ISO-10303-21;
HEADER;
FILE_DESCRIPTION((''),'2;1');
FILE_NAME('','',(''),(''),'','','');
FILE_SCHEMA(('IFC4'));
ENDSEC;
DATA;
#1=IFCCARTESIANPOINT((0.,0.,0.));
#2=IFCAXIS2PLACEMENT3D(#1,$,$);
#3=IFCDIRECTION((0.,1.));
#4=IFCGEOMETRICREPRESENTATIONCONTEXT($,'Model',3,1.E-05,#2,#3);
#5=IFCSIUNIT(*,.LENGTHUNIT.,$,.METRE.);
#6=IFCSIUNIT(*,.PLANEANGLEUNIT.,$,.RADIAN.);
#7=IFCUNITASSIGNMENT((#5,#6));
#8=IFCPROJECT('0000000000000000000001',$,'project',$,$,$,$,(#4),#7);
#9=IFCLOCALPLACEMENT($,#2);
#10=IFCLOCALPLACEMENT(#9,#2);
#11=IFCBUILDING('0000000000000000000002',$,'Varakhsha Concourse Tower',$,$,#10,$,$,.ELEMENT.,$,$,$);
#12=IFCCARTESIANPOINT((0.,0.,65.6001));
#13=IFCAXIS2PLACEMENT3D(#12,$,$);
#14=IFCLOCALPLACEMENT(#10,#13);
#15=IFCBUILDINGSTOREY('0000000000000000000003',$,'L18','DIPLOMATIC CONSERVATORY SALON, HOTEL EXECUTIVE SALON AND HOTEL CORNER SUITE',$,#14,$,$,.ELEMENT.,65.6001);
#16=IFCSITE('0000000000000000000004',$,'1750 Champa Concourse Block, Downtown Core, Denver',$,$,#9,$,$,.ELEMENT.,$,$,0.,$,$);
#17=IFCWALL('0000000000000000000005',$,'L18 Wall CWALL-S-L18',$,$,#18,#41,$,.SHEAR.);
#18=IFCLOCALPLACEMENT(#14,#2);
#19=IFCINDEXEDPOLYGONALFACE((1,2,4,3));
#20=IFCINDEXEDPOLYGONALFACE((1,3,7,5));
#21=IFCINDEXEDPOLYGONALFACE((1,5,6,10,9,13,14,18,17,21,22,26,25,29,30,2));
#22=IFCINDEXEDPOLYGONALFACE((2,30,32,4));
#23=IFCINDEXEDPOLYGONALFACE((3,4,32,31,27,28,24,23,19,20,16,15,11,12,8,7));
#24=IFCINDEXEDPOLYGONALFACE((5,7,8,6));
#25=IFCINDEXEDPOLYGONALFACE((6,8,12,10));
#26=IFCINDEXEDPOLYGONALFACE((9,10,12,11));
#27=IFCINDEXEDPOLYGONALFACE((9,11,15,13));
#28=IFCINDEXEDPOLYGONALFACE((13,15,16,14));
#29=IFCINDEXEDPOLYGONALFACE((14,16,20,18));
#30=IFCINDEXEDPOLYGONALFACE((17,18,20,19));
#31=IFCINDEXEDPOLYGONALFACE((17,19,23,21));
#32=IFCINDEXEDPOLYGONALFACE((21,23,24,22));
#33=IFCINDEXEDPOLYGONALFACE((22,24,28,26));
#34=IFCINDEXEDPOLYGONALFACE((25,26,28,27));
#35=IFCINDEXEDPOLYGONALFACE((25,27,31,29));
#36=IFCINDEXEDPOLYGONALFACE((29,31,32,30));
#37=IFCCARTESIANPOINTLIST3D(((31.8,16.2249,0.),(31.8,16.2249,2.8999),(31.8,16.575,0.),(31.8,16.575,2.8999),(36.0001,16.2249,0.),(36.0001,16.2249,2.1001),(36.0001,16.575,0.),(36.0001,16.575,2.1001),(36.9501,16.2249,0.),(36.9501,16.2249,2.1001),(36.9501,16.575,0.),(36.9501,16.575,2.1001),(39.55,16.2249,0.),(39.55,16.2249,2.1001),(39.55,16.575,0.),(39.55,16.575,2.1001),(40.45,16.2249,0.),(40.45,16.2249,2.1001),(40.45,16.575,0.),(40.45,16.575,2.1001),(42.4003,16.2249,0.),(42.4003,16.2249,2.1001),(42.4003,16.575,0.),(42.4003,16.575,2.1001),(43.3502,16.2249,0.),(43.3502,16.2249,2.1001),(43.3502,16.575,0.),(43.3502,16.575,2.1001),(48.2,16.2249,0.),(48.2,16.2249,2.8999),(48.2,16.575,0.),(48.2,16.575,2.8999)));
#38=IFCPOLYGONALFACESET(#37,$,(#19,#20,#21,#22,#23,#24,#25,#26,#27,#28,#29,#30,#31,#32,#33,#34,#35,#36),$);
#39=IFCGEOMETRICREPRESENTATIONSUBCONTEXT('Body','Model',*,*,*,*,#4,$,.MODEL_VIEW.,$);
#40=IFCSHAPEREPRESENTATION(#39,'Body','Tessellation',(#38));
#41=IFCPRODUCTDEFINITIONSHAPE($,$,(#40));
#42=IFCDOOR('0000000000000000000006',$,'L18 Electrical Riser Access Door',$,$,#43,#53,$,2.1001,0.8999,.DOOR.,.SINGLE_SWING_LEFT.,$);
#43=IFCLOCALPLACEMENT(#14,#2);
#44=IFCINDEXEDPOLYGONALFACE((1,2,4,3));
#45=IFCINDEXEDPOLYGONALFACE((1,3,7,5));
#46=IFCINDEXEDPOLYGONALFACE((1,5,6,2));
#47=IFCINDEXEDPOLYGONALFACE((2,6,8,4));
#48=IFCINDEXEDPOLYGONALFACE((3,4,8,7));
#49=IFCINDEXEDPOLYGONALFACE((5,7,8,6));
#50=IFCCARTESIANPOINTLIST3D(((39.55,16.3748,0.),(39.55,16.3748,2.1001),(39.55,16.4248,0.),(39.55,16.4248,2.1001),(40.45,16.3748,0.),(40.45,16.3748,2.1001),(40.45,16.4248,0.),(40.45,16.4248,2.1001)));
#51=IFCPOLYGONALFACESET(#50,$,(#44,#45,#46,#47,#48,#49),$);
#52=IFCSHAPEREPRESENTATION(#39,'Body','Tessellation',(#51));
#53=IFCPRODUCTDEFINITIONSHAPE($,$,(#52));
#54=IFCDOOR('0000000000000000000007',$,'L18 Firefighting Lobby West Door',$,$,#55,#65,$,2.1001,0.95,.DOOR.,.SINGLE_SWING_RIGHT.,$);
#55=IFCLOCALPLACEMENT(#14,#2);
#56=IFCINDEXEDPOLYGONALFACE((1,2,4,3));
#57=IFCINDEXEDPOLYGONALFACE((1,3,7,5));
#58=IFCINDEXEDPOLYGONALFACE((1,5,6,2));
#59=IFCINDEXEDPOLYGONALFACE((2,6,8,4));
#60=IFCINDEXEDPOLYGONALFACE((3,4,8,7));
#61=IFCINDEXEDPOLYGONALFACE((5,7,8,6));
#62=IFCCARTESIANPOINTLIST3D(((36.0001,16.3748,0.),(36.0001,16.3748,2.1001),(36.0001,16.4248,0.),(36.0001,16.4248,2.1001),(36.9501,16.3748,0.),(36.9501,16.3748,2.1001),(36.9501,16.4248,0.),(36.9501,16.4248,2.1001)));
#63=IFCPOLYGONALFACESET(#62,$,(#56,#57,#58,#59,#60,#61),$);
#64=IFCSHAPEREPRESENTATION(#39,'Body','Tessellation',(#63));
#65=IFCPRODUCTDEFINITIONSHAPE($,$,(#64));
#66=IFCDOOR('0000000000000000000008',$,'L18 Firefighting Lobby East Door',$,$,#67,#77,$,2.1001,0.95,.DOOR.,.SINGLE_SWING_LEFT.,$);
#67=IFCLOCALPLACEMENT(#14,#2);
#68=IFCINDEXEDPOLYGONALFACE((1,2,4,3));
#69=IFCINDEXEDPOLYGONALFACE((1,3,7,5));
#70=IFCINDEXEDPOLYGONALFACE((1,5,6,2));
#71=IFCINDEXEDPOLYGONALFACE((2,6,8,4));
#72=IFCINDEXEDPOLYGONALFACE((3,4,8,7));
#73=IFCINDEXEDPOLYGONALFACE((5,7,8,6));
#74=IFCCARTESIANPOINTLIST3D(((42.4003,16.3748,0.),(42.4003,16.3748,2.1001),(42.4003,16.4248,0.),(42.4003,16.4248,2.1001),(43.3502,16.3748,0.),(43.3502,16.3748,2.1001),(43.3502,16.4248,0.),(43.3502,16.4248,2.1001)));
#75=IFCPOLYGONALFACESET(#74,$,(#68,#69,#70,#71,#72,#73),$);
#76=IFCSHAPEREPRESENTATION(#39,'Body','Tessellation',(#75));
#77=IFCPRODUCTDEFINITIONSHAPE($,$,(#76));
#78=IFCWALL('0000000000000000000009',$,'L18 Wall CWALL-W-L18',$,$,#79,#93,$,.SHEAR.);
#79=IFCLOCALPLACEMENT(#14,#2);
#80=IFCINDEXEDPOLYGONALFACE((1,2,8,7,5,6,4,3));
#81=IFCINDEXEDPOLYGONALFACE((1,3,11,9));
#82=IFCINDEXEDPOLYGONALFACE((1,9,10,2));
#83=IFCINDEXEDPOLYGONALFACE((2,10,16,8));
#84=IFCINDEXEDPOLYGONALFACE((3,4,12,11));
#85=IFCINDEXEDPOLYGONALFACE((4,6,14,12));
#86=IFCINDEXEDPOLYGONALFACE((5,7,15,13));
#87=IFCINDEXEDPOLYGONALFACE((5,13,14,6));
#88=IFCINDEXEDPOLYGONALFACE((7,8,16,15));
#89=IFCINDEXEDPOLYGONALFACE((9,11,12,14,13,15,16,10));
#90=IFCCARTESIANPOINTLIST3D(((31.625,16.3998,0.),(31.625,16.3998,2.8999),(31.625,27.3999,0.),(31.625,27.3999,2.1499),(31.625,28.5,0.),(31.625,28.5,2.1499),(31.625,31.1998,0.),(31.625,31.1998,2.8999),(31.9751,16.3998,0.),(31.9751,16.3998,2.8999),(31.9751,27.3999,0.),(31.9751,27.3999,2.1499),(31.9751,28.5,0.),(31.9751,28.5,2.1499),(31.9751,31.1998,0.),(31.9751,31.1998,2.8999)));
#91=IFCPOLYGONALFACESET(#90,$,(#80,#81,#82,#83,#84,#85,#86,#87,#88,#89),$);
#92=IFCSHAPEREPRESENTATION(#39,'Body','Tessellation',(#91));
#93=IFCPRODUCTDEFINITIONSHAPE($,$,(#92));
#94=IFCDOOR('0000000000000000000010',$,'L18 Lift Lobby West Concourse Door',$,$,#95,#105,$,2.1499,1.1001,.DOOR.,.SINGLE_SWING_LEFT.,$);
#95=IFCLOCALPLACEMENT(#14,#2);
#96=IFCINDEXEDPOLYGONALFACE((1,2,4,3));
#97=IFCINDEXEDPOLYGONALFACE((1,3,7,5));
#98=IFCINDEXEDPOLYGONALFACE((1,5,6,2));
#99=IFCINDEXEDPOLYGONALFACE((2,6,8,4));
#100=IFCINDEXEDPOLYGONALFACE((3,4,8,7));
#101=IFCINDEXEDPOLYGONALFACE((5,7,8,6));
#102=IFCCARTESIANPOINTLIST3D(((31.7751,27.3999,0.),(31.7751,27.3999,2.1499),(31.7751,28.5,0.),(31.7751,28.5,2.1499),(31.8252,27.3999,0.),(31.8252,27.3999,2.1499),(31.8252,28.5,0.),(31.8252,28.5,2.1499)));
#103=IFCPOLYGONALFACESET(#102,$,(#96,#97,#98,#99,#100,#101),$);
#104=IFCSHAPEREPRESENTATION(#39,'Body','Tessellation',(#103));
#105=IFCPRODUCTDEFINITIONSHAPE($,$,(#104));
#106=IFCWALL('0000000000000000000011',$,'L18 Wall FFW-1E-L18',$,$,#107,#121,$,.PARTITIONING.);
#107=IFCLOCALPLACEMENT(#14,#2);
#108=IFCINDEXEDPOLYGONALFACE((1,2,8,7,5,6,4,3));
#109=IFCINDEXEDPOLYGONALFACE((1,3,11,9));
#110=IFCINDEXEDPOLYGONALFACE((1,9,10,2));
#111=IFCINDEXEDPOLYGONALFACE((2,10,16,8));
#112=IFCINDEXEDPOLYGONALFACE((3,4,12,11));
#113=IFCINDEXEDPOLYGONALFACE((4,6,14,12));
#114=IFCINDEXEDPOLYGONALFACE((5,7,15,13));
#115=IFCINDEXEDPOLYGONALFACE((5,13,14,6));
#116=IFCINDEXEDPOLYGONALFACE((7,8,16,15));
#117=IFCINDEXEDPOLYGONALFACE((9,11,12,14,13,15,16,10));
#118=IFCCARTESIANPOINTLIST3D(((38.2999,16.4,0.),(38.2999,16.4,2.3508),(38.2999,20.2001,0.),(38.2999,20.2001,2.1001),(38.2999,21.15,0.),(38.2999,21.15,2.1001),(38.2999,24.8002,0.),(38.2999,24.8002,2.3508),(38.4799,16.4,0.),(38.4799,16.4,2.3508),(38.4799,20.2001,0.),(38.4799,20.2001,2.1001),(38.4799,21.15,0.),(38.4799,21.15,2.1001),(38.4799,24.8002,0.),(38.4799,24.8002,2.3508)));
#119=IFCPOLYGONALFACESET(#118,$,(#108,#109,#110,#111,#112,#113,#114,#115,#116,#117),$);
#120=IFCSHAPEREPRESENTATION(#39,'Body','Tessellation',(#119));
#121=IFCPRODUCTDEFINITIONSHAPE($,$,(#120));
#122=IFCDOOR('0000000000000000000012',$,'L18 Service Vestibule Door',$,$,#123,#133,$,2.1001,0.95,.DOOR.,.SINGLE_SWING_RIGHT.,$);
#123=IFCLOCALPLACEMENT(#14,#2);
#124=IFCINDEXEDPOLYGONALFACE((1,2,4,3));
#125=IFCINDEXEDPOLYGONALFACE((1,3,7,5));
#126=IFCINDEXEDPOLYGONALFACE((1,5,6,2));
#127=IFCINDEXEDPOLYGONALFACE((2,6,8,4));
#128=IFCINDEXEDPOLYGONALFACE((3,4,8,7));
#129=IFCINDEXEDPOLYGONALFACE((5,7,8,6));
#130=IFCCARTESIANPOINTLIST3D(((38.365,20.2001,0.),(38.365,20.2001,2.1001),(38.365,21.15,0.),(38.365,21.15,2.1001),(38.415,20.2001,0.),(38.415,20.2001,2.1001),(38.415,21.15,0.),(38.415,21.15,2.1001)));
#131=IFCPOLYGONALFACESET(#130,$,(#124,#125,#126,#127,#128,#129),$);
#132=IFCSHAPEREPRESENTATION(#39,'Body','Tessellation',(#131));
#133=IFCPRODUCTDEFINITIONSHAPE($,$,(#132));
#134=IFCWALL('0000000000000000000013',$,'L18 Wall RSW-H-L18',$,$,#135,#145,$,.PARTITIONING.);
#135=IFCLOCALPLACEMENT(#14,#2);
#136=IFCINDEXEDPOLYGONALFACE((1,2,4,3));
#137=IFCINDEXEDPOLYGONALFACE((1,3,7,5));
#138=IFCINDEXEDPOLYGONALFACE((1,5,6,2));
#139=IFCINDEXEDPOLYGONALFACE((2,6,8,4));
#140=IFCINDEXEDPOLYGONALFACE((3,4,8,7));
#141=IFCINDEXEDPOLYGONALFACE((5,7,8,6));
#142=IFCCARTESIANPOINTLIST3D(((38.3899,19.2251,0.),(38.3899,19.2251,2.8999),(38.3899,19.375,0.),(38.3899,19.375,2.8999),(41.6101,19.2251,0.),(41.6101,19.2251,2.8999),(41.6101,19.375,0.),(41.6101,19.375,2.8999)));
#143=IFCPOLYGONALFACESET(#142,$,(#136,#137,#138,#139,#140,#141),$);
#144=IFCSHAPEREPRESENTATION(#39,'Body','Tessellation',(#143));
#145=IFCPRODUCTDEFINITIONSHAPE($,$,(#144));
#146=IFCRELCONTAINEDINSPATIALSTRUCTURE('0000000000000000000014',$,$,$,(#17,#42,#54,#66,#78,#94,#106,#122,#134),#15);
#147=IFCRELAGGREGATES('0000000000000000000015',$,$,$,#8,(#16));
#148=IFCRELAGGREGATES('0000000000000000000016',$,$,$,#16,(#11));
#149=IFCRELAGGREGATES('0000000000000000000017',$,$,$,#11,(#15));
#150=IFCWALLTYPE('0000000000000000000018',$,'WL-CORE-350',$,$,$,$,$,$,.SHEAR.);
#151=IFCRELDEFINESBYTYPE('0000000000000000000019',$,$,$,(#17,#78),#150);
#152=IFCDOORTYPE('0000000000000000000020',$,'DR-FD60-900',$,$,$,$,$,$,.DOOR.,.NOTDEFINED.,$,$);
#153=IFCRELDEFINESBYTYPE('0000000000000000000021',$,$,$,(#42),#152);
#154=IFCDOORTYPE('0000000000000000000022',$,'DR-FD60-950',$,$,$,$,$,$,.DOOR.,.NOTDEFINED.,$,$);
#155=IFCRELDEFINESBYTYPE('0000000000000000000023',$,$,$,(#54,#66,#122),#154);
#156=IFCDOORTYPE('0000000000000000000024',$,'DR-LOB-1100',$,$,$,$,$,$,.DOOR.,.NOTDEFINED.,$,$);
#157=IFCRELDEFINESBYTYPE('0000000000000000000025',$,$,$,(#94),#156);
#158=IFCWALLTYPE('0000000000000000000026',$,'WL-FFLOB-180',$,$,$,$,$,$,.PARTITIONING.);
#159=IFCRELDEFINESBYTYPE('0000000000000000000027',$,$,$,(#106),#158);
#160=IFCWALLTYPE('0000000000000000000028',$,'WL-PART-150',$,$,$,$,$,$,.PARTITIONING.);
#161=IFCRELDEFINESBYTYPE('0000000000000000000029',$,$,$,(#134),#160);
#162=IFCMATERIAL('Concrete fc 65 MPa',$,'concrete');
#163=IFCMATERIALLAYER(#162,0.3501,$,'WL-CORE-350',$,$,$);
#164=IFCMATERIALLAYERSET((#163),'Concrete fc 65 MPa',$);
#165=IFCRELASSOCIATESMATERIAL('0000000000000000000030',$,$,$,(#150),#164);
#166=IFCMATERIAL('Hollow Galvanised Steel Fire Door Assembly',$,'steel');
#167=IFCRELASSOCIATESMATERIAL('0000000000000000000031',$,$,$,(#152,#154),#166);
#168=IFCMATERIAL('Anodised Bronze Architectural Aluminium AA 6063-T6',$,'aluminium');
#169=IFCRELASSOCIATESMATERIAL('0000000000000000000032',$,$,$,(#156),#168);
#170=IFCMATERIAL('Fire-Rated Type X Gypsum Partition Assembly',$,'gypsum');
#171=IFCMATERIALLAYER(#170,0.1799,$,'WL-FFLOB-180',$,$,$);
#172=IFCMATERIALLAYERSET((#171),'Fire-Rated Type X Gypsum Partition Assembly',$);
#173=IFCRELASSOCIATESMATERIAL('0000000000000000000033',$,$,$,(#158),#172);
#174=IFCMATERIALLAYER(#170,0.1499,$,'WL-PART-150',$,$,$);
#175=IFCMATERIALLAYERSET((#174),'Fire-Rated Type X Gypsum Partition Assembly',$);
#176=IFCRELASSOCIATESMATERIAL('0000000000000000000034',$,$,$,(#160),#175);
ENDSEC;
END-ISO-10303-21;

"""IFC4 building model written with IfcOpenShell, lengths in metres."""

from ifc_helpers import new_model, si_unit, direction, frame, frame_2d, origin, place, context, subcontext, project, spatial, rectangle, extrude, material, layer, layer_set, type_object, element, fill, save


model = new_model("IFC4")

# Units and contexts
model_context = context("Model", 3, precision=1e-05, world=origin(), true_north=direction((0.0, 1.0)))
body_context = subcontext(model_context, "Body", "Model", "MODEL_VIEW")
ifc_project = project(units=[si_unit("LENGTHUNIT", "METRE"), si_unit("PLANEANGLEUNIT", "RADIAN")], contexts=[model_context])

# Site, building, storey
site_placement = place(None, origin())
site = spatial("IfcSite", under=ifc_project, at=site_placement, Name="1750 Champa Concourse Block, Downtown Core, Denver", CompositionType="ELEMENT", RefElevation=0.0)
building_placement = place(site_placement, origin())
building = spatial("IfcBuilding", under=site, at=building_placement, Name="Varakhsha Concourse Tower", CompositionType="ELEMENT")
storey_placement = place(building_placement, frame((0.0, 0.0, 65.6001)))
storey = spatial("IfcBuildingStorey", under=building, at=storey_placement, Name="L18", Description="DIPLOMATIC CONSERVATORY SALON, HOTEL EXECUTIVE SALON AND HOTEL CORNER SUITE", CompositionType="ELEMENT", Elevation=65.6001)

# Wall, openings, doors
ifc_material_1 = material(Name="Concrete fc 65 MPa", Category="concrete")
ifc_layer_1 = layer(ifc_material_1, 0.3501, Name="WL-CORE-350")
ifc_layer_set_1 = layer_set([ifc_layer_1], Name="Concrete fc 65 MPa")
wall_type_1 = type_object("IfcWallType", Name="WL-CORE-350", PredefinedType="SHEAR", material=ifc_layer_set_1)
wall_1_placement = place(storey_placement, frame((31.8, 16.3999, 0.0), z_axis=(0.0, 0.0, 1.0), x_axis=(1.0, 0.0, 0.0)))
wall_1 = element("IfcWall", 1, at=wall_1_placement, inside=storey, type_object=wall_type_1, Name="L18 Wall CWALL-S-L18", PredefinedType="SHEAR", context=body_context, shape_type="SweptSolid", body=[
    extrude(rectangle(XDim=16.3999, YDim=0.3501, at=frame_2d((8.2, 0.0))), origin(), (0.0, 0.0, 1.0), 2.8999),
])
opening_1_placement = place(wall_1_placement, frame((7.75, 0.0, 0.0)))
opening_1 = element("IfcOpeningElement", 2, at=opening_1_placement, cuts=wall_1, PredefinedType="OPENING", context=body_context, shape_type="SweptSolid", body=[
    extrude(rectangle(XDim=0.8999, YDim=2.1001, at=frame_2d((0.45, 1.05))), frame((0.0, 0.1851, 0.0), z_axis=(0.0, -1.0, 0.0), x_axis=(1.0, 0.0, 0.0)), (0.0, 0.0, 1.0), 0.3701),
])
opening_2_placement = place(wall_1_placement, frame((4.2, 0.0, 0.0)))
opening_2 = element("IfcOpeningElement", 3, at=opening_2_placement, cuts=wall_1, PredefinedType="OPENING", context=body_context, shape_type="SweptSolid", body=[
    extrude(rectangle(XDim=0.95, YDim=2.1001, at=frame_2d((0.4751, 1.05))), frame((0.0, 0.1851, 0.0), z_axis=(0.0, -1.0, 0.0), x_axis=(1.0, 0.0, 0.0)), (0.0, 0.0, 1.0), 0.3701),
])
opening_3_placement = place(wall_1_placement, frame((10.6001, 0.0, 0.0)))
opening_3 = element("IfcOpeningElement", 4, at=opening_3_placement, cuts=wall_1, PredefinedType="OPENING", context=body_context, shape_type="SweptSolid", body=[
    extrude(rectangle(XDim=0.95, YDim=2.1001, at=frame_2d((0.4751, 1.05))), frame((0.0, 0.1851, 0.0), z_axis=(0.0, -1.0, 0.0), x_axis=(1.0, 0.0, 0.0)), (0.0, 0.0, 1.0), 0.3701),
])
ifc_material_2 = material(Name="Hollow Galvanised Steel Fire Door Assembly", Category="steel")
door_type_1 = type_object("IfcDoorType", Name="DR-FD60-900", OperationType="NOTDEFINED", PredefinedType="DOOR", material=ifc_material_2)
door_1_placement = place(opening_1_placement, origin())
door_1 = element("IfcDoor", 5, at=door_1_placement, inside=storey, type_object=door_type_1, Name="L18 Electrical Riser Access Door", OperationType="SINGLE_SWING_LEFT", OverallHeight=2.1001, OverallWidth=0.8999, PredefinedType="DOOR", context=body_context, shape_type="SweptSolid", body=[
    extrude(rectangle(XDim=0.8999, YDim=2.1001, at=frame_2d((0.45, 1.05))), frame((0.0, 0.0249, 0.0), z_axis=(0.0, -1.0, 0.0), x_axis=(1.0, 0.0, 0.0)), (0.0, 0.0, 1.0), 0.05),
])
fill(opening_1, door_1)
door_type_2 = type_object("IfcDoorType", Name="DR-FD60-950", OperationType="NOTDEFINED", PredefinedType="DOOR", material=ifc_material_2)
door_2_placement = place(opening_2_placement, origin())
door_2 = element("IfcDoor", 6, at=door_2_placement, inside=storey, type_object=door_type_2, Name="L18 Firefighting Lobby West Door", OperationType="SINGLE_SWING_RIGHT", OverallHeight=2.1001, OverallWidth=0.95, PredefinedType="DOOR", context=body_context, shape_type="SweptSolid", body=[
    extrude(rectangle(XDim=0.95, YDim=2.1001, at=frame_2d((0.4751, 1.05))), frame((0.0, 0.0249, 0.0), z_axis=(0.0, -1.0, 0.0), x_axis=(1.0, 0.0, 0.0)), (0.0, 0.0, 1.0), 0.05),
])
fill(opening_2, door_2)
door_3_placement = place(opening_3_placement, origin())
door_3 = element("IfcDoor", 7, at=door_3_placement, inside=storey, type_object=door_type_2, Name="L18 Firefighting Lobby East Door", OperationType="SINGLE_SWING_LEFT", OverallHeight=2.1001, OverallWidth=0.95, PredefinedType="DOOR", context=body_context, shape_type="SweptSolid", body=[
    extrude(rectangle(XDim=0.95, YDim=2.1001, at=frame_2d((0.4751, 1.05))), frame((0.0, 0.0249, 0.0), z_axis=(0.0, -1.0, 0.0), x_axis=(1.0, 0.0, 0.0)), (0.0, 0.0, 1.0), 0.05),
])
fill(opening_3, door_3)

# Walls, openings, doors
wall_2_placement = place(storey_placement, frame((31.8, 16.3999, 0.0), z_axis=(0.0, 0.0, 1.0), x_axis=(0.0, 1.0, 0.0)))
wall_2 = element("IfcWall", 8, at=wall_2_placement, inside=storey, type_object=wall_type_1, Name="L18 Wall CWALL-W-L18", PredefinedType="SHEAR", context=body_context, shape_type="SweptSolid", body=[
    extrude(rectangle(XDim=14.8, YDim=0.3501, at=frame_2d((7.3999, 0.0))), origin(), (0.0, 0.0, 1.0), 2.8999),
])
opening_4_placement = place(wall_2_placement, frame((11.0, 0.0, 0.0)))
opening_4 = element("IfcOpeningElement", 9, at=opening_4_placement, cuts=wall_2, PredefinedType="OPENING", context=body_context, shape_type="SweptSolid", body=[
    extrude(rectangle(XDim=1.1001, YDim=2.1499, at=frame_2d((0.55, 1.075))), frame((0.0, 0.1851, 0.0), z_axis=(0.0, -1.0, 0.0), x_axis=(1.0, 0.0, 0.0)), (0.0, 0.0, 1.0), 0.3701),
])
ifc_material_3 = material(Name="Anodised Bronze Architectural Aluminium AA 6063-T6", Category="aluminium")
door_type_3 = type_object("IfcDoorType", Name="DR-LOB-1100", OperationType="NOTDEFINED", PredefinedType="DOOR", material=ifc_material_3)
door_4_placement = place(opening_4_placement, origin())
door_4 = element("IfcDoor", 10, at=door_4_placement, inside=storey, type_object=door_type_3, Name="L18 Lift Lobby West Concourse Door", OperationType="SINGLE_SWING_LEFT", OverallHeight=2.1499, OverallWidth=1.1001, PredefinedType="DOOR", context=body_context, shape_type="SweptSolid", body=[
    extrude(rectangle(XDim=1.1001, YDim=2.1499, at=frame_2d((0.55, 1.075))), frame((0.0, 0.0249, 0.0), z_axis=(0.0, -1.0, 0.0), x_axis=(1.0, 0.0, 0.0)), (0.0, 0.0, 1.0), 0.05),
])
fill(opening_4, door_4)
ifc_material_4 = material(Name="Fire-Rated Type X Gypsum Partition Assembly", Category="gypsum")
ifc_layer_2 = layer(ifc_material_4, 0.1799, Name="WL-FFLOB-180")
ifc_layer_set_2 = layer_set([ifc_layer_2], Name="Fire-Rated Type X Gypsum Partition Assembly")
wall_type_2 = type_object("IfcWallType", Name="WL-FFLOB-180", PredefinedType="PARTITIONING", material=ifc_layer_set_2)
wall_3_placement = place(storey_placement, frame((38.3899, 16.3999, 0.0), z_axis=(0.0, 0.0, 1.0), x_axis=(0.0, 1.0, 0.0)))
wall_3 = element("IfcWall", 11, at=wall_3_placement, inside=storey, type_object=wall_type_2, Name="L18 Wall FFW-1E-L18", PredefinedType="PARTITIONING", context=body_context, shape_type="SweptSolid", body=[
    extrude(rectangle(XDim=8.4001, YDim=0.1799, at=frame_2d((4.2002, 0.0))), origin(), (0.0, 0.0, 1.0), 2.3508),
])
opening_5_placement = place(wall_3_placement, frame((3.8, 0.0, 0.0)))
opening_5 = element("IfcOpeningElement", 12, at=opening_5_placement, cuts=wall_3, PredefinedType="OPENING", context=body_context, shape_type="SweptSolid", body=[
    extrude(rectangle(XDim=0.95, YDim=2.1001, at=frame_2d((0.4751, 1.05))), frame((0.0, 0.0999, 0.0), z_axis=(0.0, -1.0, 0.0), x_axis=(1.0, 0.0, 0.0)), (0.0, 0.0, 1.0), 0.2),
])
door_5_placement = place(opening_5_placement, origin())
door_5 = element("IfcDoor", 13, at=door_5_placement, inside=storey, type_object=door_type_2, Name="L18 Service Vestibule Door", OperationType="SINGLE_SWING_RIGHT", OverallHeight=2.1001, OverallWidth=0.95, PredefinedType="DOOR", context=body_context, shape_type="SweptSolid", body=[
    extrude(rectangle(XDim=0.95, YDim=2.1001, at=frame_2d((0.4751, 1.05))), frame((0.0, 0.0249, 0.0), z_axis=(0.0, -1.0, 0.0), x_axis=(1.0, 0.0, 0.0)), (0.0, 0.0, 1.0), 0.05),
])
fill(opening_5, door_5)

# Wall
ifc_layer_3 = layer(ifc_material_4, 0.1499, Name="WL-PART-150")
ifc_layer_set_3 = layer_set([ifc_layer_3], Name="Fire-Rated Type X Gypsum Partition Assembly")
wall_type_3 = type_object("IfcWallType", Name="WL-PART-150", PredefinedType="PARTITIONING", material=ifc_layer_set_3)
wall_4_placement = place(storey_placement, frame((38.3899, 19.3, 0.0), z_axis=(0.0, 0.0, 1.0), x_axis=(1.0, 0.0, 0.0)))
element("IfcWall", 14, at=wall_4_placement, inside=storey, type_object=wall_type_3, Name="L18 Wall RSW-H-L18", PredefinedType="PARTITIONING", context=body_context, shape_type="SweptSolid", body=[
    extrude(rectangle(XDim=3.2202, YDim=0.1499, at=frame_2d((1.6101, 0.0))), origin(), (0.0, 0.0, 1.0), 2.8999),
])

save(model, "model.ifc")
